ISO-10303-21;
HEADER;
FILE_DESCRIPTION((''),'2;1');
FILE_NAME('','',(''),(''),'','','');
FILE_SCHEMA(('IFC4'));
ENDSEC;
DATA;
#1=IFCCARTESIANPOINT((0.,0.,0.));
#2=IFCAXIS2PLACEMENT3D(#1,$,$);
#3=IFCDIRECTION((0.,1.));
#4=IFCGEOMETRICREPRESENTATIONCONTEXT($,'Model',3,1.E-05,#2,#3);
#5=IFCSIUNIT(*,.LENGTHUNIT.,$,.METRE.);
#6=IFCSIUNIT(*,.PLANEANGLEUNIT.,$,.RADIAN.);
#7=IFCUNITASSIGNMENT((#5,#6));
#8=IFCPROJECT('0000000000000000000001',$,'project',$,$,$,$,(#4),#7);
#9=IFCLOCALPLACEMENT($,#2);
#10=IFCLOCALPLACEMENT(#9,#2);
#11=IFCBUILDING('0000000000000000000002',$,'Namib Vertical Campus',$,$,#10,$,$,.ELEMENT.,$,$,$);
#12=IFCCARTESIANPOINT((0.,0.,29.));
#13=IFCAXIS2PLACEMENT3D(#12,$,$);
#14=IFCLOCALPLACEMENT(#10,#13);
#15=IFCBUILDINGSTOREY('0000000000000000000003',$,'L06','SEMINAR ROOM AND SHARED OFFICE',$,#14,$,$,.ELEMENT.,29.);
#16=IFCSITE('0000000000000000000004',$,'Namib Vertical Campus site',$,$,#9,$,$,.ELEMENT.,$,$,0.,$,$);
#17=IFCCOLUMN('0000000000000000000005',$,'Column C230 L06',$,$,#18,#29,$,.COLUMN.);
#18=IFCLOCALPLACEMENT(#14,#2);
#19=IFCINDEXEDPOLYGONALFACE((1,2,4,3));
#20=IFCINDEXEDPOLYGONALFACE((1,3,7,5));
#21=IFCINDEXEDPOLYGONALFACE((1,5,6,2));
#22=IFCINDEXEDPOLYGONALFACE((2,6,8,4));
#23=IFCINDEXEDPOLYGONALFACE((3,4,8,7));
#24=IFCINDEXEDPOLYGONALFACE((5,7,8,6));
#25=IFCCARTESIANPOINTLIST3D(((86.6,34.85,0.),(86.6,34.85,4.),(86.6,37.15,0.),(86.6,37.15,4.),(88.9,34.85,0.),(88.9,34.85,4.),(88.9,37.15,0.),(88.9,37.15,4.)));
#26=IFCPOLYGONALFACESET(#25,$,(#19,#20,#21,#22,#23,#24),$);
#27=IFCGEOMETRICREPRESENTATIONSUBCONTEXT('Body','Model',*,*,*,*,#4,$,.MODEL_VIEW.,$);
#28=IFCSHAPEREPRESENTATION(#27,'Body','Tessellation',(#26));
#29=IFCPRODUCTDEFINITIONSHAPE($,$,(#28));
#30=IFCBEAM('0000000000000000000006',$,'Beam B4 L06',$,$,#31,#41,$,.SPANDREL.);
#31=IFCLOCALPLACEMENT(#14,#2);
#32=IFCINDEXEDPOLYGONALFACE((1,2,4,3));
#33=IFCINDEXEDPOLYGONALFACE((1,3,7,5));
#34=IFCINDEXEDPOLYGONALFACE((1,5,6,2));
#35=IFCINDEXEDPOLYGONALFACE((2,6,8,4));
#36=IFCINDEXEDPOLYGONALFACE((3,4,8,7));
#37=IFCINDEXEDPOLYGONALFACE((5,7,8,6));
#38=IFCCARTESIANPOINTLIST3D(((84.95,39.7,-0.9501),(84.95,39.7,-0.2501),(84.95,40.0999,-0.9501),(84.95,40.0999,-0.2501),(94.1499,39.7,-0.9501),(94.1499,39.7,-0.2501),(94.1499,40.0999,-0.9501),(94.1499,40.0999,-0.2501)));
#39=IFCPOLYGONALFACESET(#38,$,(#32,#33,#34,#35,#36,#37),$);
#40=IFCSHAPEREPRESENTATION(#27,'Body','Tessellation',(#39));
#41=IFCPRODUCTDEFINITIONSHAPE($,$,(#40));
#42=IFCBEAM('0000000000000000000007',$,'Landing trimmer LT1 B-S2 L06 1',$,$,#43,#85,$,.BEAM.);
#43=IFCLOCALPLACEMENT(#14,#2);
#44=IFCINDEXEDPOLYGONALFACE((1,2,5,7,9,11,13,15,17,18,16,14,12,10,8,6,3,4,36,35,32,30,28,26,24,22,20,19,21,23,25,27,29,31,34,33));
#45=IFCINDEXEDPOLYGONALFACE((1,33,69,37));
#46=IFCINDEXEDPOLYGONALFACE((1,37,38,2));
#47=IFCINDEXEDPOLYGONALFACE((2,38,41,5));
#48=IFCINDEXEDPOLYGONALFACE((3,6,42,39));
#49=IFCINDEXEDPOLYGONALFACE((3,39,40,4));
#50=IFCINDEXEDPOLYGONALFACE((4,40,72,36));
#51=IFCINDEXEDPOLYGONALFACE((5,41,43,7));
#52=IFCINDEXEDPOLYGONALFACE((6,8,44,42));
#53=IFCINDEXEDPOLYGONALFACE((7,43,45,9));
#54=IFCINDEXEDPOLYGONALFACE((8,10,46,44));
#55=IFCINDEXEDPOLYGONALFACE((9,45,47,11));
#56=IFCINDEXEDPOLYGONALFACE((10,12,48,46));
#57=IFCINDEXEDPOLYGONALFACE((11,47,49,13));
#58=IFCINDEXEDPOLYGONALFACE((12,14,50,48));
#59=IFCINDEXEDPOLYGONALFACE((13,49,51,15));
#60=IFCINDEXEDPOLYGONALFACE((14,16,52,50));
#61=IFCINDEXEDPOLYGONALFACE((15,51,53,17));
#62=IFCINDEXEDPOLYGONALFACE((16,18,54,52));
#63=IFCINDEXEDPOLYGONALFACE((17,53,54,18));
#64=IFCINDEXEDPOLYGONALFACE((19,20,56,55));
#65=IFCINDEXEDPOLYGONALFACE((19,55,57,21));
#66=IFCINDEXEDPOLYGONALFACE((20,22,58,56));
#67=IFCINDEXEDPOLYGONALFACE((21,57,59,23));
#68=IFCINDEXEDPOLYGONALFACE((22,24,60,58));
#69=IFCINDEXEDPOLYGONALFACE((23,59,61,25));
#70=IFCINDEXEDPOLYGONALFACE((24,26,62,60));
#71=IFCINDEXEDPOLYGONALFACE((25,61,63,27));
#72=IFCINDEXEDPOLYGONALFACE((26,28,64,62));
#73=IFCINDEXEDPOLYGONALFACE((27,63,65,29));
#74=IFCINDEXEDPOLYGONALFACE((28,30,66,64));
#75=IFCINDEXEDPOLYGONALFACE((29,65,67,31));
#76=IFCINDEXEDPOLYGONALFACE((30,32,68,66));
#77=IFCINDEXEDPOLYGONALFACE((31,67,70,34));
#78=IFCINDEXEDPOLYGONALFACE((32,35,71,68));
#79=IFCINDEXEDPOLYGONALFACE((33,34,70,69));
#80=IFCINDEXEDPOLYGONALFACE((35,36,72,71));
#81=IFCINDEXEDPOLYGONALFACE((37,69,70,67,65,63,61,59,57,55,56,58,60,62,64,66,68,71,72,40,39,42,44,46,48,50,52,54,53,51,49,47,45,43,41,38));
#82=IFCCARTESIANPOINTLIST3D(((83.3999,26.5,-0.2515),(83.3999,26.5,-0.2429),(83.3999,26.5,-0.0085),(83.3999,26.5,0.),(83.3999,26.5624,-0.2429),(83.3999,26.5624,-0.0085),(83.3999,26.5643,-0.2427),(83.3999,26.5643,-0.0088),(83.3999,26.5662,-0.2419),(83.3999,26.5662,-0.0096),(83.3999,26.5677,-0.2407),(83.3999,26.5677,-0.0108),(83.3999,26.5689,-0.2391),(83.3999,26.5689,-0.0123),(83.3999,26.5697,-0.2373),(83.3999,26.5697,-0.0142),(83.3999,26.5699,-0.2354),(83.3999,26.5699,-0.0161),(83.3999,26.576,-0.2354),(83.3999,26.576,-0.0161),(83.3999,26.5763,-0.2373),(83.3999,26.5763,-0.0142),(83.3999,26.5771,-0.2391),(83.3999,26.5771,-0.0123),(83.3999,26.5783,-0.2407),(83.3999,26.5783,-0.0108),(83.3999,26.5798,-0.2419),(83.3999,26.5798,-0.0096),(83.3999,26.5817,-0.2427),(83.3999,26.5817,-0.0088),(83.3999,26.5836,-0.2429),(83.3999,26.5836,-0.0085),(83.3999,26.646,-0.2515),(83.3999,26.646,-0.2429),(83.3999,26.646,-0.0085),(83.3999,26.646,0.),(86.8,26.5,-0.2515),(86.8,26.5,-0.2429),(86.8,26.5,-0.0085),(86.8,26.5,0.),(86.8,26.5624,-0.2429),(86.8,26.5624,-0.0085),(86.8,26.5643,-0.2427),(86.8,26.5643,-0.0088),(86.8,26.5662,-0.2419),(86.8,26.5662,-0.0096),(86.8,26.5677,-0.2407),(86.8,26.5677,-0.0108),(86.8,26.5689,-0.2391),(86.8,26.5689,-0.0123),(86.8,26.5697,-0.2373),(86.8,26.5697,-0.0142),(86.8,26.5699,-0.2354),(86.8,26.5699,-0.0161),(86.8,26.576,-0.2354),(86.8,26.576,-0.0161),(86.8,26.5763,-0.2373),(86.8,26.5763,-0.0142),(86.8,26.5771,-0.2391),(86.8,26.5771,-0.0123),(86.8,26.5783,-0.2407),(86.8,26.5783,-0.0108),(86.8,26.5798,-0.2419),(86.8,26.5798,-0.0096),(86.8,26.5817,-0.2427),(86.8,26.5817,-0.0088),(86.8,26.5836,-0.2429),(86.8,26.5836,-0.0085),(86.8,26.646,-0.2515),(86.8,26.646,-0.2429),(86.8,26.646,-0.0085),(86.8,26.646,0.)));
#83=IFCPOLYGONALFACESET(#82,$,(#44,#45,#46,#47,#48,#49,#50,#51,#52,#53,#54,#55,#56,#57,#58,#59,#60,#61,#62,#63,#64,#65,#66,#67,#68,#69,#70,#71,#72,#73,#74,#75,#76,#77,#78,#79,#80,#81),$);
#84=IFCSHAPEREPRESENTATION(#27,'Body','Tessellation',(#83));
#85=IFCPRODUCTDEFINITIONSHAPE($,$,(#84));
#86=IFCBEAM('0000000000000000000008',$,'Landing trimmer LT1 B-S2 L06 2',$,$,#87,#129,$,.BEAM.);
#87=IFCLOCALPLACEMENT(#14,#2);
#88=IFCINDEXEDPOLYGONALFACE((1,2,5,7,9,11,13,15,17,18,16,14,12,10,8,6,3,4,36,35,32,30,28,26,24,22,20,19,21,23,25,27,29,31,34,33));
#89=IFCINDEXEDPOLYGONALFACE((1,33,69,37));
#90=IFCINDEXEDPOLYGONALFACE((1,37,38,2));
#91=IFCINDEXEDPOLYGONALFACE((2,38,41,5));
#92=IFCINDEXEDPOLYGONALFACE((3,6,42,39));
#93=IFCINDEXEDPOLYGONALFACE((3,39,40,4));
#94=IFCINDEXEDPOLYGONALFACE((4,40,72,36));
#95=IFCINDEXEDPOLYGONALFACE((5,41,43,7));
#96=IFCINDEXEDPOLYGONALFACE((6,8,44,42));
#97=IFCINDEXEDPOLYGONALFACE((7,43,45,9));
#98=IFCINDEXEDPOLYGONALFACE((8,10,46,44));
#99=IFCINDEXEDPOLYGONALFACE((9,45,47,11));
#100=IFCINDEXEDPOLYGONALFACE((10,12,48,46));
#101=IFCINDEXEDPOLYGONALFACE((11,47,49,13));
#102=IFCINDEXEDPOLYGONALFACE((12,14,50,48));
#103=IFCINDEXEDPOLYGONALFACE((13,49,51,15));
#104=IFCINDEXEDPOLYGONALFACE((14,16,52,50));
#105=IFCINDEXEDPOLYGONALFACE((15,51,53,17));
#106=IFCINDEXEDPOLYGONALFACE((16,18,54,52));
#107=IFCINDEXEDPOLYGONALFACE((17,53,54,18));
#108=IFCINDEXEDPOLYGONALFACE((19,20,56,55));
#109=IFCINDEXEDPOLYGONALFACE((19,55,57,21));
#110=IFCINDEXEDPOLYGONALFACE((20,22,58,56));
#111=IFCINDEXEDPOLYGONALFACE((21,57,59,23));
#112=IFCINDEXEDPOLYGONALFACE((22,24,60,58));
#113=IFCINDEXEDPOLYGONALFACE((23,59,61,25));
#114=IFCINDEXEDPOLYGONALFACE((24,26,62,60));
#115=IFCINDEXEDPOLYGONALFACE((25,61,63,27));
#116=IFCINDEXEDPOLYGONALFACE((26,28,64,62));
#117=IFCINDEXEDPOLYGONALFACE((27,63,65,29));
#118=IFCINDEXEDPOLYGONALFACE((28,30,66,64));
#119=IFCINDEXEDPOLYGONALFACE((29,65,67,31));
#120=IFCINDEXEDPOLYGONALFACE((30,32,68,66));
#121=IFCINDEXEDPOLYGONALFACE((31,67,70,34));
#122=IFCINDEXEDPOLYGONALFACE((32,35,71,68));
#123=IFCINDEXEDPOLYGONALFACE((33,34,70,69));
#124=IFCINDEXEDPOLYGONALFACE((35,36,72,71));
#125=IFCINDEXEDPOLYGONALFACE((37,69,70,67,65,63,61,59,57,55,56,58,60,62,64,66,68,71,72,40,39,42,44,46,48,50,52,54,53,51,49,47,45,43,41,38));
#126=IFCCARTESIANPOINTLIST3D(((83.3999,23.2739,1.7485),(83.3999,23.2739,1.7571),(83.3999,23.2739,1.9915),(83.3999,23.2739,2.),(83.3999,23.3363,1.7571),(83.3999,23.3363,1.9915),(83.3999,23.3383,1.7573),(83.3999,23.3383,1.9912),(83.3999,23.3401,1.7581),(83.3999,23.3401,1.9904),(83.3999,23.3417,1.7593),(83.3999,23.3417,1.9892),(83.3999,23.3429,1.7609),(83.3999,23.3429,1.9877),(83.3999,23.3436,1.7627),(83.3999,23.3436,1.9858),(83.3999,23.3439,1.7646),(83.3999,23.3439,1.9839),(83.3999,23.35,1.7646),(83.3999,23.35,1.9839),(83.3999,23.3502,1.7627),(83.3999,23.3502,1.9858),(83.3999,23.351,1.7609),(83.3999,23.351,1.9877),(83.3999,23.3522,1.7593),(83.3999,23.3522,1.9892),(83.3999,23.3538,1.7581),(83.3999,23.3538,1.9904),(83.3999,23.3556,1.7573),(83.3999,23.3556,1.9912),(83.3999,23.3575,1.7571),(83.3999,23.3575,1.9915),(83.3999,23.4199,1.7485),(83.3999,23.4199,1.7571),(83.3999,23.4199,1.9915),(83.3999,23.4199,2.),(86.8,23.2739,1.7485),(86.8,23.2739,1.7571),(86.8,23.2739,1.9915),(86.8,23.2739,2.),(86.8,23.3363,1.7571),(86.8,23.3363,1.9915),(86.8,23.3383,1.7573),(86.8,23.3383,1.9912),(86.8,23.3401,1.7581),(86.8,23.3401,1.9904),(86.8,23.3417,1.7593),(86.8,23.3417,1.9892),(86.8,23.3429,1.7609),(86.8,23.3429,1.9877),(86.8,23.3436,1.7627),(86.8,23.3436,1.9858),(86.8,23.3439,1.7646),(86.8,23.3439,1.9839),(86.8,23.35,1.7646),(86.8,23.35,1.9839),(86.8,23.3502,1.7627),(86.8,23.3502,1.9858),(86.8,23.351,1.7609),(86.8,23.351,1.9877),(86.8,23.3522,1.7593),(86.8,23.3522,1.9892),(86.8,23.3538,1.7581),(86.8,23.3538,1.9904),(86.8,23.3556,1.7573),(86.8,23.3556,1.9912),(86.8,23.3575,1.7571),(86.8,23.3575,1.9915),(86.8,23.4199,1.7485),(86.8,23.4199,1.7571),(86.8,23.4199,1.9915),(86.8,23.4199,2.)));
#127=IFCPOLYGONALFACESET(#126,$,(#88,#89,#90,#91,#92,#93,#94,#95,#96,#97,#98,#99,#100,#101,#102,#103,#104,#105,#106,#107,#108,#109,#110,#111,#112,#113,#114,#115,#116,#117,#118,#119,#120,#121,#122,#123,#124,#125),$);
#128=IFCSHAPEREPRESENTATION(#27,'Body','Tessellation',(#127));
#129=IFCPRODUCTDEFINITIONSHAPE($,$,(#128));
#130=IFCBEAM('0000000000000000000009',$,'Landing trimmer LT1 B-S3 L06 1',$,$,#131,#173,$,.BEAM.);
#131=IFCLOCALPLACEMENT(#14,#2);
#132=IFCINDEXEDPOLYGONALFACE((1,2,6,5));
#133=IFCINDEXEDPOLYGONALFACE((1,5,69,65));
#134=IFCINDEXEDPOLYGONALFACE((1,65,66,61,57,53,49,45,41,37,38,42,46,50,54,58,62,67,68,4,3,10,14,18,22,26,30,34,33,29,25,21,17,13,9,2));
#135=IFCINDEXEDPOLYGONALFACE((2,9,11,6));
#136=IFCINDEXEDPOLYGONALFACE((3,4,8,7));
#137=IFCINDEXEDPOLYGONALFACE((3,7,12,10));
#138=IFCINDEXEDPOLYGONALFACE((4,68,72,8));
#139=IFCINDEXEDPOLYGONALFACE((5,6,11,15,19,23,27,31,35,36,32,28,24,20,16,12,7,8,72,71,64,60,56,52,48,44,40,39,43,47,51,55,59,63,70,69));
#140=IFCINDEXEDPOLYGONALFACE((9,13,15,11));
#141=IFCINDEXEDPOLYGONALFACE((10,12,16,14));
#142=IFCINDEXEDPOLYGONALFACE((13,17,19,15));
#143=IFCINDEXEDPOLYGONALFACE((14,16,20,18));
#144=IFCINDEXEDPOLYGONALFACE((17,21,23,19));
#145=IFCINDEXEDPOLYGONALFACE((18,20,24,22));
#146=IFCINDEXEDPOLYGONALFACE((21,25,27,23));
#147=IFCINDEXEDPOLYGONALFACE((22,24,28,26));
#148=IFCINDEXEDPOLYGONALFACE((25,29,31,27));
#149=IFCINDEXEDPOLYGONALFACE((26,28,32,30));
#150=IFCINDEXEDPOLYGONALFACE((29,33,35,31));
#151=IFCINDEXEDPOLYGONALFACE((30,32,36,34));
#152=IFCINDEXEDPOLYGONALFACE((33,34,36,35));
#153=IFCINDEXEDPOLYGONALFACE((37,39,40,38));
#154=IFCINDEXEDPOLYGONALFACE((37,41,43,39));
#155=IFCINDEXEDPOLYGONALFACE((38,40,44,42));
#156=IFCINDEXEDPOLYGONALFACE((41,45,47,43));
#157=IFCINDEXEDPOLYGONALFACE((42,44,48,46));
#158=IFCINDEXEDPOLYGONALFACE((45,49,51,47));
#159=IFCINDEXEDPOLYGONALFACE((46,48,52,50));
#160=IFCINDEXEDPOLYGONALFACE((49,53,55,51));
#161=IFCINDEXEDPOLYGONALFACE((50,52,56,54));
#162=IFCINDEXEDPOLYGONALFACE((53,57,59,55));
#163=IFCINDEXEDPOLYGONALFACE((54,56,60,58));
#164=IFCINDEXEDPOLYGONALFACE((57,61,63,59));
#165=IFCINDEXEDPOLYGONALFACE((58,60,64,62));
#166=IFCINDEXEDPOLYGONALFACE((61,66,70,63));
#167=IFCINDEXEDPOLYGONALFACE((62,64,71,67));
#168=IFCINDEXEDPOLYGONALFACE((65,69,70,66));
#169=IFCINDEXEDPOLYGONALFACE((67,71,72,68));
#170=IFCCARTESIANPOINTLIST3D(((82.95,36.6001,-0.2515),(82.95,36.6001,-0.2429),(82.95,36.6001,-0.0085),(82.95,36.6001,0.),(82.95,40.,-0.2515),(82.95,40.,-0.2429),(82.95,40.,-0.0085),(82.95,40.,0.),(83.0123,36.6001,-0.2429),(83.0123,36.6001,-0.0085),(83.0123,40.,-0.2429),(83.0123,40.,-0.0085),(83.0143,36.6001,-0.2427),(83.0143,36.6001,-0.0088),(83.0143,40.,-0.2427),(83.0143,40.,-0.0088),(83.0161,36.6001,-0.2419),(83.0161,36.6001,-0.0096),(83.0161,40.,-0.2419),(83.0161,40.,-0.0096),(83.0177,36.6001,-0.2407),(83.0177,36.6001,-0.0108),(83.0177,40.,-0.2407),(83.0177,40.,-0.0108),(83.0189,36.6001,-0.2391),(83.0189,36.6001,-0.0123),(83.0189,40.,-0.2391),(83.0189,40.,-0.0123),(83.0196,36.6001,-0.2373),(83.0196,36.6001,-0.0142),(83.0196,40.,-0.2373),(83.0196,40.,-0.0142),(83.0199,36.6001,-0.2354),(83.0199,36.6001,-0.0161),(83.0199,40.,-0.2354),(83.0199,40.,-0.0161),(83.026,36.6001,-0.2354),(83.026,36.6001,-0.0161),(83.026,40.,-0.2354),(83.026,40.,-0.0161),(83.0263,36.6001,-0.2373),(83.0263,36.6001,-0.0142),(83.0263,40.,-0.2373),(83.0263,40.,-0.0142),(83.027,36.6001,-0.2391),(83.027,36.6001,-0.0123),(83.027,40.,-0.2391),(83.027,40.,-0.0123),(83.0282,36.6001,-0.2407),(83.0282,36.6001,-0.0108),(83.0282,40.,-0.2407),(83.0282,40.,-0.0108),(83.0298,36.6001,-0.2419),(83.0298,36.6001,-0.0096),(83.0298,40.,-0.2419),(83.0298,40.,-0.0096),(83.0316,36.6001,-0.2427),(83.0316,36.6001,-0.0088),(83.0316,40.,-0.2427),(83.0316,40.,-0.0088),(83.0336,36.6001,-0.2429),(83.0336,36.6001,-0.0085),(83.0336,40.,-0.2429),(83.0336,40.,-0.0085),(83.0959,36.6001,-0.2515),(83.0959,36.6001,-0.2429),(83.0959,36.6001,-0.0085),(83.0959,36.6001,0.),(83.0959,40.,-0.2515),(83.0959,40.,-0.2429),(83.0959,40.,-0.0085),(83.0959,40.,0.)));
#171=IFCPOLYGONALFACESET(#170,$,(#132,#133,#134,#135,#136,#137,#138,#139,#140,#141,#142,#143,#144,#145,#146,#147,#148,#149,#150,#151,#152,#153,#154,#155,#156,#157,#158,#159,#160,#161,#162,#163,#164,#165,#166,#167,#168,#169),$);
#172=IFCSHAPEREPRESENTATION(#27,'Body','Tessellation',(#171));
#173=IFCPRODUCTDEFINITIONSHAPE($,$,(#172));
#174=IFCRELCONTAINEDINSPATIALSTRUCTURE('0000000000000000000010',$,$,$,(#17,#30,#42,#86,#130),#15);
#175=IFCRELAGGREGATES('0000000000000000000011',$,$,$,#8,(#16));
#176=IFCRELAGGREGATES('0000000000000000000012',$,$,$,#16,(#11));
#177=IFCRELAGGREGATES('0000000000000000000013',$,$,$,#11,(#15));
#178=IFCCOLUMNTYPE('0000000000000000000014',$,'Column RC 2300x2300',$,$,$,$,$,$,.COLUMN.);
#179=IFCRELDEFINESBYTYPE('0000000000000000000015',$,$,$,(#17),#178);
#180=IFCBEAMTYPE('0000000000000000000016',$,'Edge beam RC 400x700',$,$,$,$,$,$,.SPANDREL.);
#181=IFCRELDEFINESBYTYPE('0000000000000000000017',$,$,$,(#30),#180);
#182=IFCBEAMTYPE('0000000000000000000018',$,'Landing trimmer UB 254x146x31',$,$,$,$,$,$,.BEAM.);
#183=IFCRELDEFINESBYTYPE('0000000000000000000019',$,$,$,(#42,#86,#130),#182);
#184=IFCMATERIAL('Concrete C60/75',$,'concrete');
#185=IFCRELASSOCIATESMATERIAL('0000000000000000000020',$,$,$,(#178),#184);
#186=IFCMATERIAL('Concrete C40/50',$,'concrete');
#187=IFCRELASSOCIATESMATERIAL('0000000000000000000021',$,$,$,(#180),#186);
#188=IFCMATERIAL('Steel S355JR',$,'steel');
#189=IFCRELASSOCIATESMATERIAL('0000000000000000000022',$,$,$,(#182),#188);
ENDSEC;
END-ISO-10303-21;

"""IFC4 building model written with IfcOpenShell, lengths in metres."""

from ifc_helpers import new_model, si_unit, direction, frame, origin, origin_2d, place, context, subcontext, project, spatial, rectangle, i_section, extrude, material, material_profile, profile_set, type_object, element, save


model = new_model("IFC4")

# Units and contexts
model_context = context("Model", 3, precision=1e-05, world=origin(), true_north=direction((0.0, 1.0)))
body_context = subcontext(model_context, "Body", "Model", "MODEL_VIEW")
ifc_project = project(units=[si_unit("LENGTHUNIT", "METRE"), si_unit("PLANEANGLEUNIT", "RADIAN")], contexts=[model_context])

# Site, building, storey
site_placement = place(None, origin())
site = spatial("IfcSite", under=ifc_project, at=site_placement, Name="Namib Vertical Campus site", CompositionType="ELEMENT", RefElevation=0.0)
building_placement = place(site_placement, origin())
building = spatial("IfcBuilding", under=site, at=building_placement, Name="Namib Vertical Campus", CompositionType="ELEMENT")
storey_placement = place(building_placement, frame((0.0, 0.0, 29.0)))
storey = spatial("IfcBuildingStorey", under=building, at=storey_placement, Name="L06", Description="SEMINAR ROOM AND SHARED OFFICE", CompositionType="ELEMENT", Elevation=29.0)

# Column
ifc_material_1 = material(Name="Concrete C60/75", Category="concrete")
ifc_material_profile_1 = material_profile(ifc_material_1, rectangle(XDim=2.3, YDim=2.3, at=origin_2d()))
ifc_profile_set_1 = profile_set([ifc_material_profile_1], Name="Concrete C60/75")
column_type = type_object("IfcColumnType", Name="Column RC 2300x2300", PredefinedType="COLUMN", material=ifc_profile_set_1)
column_placement = place(storey_placement, frame((87.75, 36.0, 0.0), z_axis=(0.0, 0.0, 1.0), x_axis=(1.0, 0.0, 0.0)))
element("IfcColumn", 1, at=column_placement, inside=storey, type_object=column_type, Name="Column C230 L06", PredefinedType="COLUMN", context=body_context, shape_type="SweptSolid", body=[
    extrude(rectangle(XDim=2.3, YDim=2.3, at=origin_2d()), origin(), (0.0, 0.0, 1.0), 4.0),
])

# Beams
ifc_material_2 = material(Name="Concrete C40/50", Category="concrete")
ifc_material_profile_2 = material_profile(ifc_material_2, rectangle(XDim=0.3999, YDim=0.7, at=origin_2d()))
ifc_profile_set_2 = profile_set([ifc_material_profile_2], Name="Concrete C40/50")
beam_type_1 = type_object("IfcBeamType", Name="Edge beam RC 400x700", PredefinedType="SPANDREL", material=ifc_profile_set_2)
beam_1_placement = place(storey_placement, frame((84.95, 39.8999, -0.6001), z_axis=(1.0, 0.0, 0.0), x_axis=(0.0, 1.0, 0.0)))
element("IfcBeam", 2, at=beam_1_placement, inside=storey, type_object=beam_type_1, Name="Beam B4 L06", PredefinedType="SPANDREL", context=body_context, shape_type="SweptSolid", body=[
    extrude(rectangle(XDim=0.3999, YDim=0.7, at=origin_2d()), origin(), (0.0, 0.0, 1.0), 9.2),
])
ifc_material_3 = material(Name="Steel S355JR", Category="steel")
ifc_material_profile_3 = material_profile(ifc_material_3, i_section(OverallWidth=0.146, OverallDepth=0.2515, WebThickness=0.0061, FlangeThickness=0.0085, FilletRadius=0.0076, at=origin_2d()))
ifc_profile_set_3 = profile_set([ifc_material_profile_3], Name="Steel S355JR")
beam_type_2 = type_object("IfcBeamType", Name="Landing trimmer UB 254x146x31", PredefinedType="BEAM", material=ifc_profile_set_3)
for number, where, z_axis, x_axis, name in (
    (3, (83.3999, 26.573, -0.1257), (1.0, 0.0, 0.0), (0.0, 1.0, 0.0), "Landing trimmer LT1 B-S2 L06 1"),
    (4, (83.3999, 23.3469, 1.8743), (1.0, 0.0, 0.0), (0.0, 1.0, 0.0), "Landing trimmer LT1 B-S2 L06 2"),
):
    element("IfcBeam", number, at=place(storey_placement, frame(where, z_axis=z_axis, x_axis=x_axis)), inside=storey, type_object=beam_type_2, Name=name, PredefinedType="BEAM", context=body_context, shape_type="SweptSolid", body=[
        extrude(i_section(OverallWidth=0.146, OverallDepth=0.2515, WebThickness=0.0061, FlangeThickness=0.0085, FilletRadius=0.0076, at=origin_2d()), origin(), (0.0, 0.0, 1.0), 3.4001),
    ])
beam_2_placement = place(storey_placement, frame((83.0229, 36.6001, -0.1257), z_axis=(0.0, 1.0, 0.0), x_axis=(-1.0, 0.0, 0.0)))
element("IfcBeam", 5, at=beam_2_placement, inside=storey, type_object=beam_type_2, Name="Landing trimmer LT1 B-S3 L06 1", PredefinedType="BEAM", context=body_context, shape_type="SweptSolid", body=[
    extrude(i_section(OverallWidth=0.146, OverallDepth=0.2515, WebThickness=0.0061, FlangeThickness=0.0085, FilletRadius=0.0076, at=origin_2d()), origin(), (0.0, 0.0, 1.0), 3.3999),
])

save(model, "model.ifc")
